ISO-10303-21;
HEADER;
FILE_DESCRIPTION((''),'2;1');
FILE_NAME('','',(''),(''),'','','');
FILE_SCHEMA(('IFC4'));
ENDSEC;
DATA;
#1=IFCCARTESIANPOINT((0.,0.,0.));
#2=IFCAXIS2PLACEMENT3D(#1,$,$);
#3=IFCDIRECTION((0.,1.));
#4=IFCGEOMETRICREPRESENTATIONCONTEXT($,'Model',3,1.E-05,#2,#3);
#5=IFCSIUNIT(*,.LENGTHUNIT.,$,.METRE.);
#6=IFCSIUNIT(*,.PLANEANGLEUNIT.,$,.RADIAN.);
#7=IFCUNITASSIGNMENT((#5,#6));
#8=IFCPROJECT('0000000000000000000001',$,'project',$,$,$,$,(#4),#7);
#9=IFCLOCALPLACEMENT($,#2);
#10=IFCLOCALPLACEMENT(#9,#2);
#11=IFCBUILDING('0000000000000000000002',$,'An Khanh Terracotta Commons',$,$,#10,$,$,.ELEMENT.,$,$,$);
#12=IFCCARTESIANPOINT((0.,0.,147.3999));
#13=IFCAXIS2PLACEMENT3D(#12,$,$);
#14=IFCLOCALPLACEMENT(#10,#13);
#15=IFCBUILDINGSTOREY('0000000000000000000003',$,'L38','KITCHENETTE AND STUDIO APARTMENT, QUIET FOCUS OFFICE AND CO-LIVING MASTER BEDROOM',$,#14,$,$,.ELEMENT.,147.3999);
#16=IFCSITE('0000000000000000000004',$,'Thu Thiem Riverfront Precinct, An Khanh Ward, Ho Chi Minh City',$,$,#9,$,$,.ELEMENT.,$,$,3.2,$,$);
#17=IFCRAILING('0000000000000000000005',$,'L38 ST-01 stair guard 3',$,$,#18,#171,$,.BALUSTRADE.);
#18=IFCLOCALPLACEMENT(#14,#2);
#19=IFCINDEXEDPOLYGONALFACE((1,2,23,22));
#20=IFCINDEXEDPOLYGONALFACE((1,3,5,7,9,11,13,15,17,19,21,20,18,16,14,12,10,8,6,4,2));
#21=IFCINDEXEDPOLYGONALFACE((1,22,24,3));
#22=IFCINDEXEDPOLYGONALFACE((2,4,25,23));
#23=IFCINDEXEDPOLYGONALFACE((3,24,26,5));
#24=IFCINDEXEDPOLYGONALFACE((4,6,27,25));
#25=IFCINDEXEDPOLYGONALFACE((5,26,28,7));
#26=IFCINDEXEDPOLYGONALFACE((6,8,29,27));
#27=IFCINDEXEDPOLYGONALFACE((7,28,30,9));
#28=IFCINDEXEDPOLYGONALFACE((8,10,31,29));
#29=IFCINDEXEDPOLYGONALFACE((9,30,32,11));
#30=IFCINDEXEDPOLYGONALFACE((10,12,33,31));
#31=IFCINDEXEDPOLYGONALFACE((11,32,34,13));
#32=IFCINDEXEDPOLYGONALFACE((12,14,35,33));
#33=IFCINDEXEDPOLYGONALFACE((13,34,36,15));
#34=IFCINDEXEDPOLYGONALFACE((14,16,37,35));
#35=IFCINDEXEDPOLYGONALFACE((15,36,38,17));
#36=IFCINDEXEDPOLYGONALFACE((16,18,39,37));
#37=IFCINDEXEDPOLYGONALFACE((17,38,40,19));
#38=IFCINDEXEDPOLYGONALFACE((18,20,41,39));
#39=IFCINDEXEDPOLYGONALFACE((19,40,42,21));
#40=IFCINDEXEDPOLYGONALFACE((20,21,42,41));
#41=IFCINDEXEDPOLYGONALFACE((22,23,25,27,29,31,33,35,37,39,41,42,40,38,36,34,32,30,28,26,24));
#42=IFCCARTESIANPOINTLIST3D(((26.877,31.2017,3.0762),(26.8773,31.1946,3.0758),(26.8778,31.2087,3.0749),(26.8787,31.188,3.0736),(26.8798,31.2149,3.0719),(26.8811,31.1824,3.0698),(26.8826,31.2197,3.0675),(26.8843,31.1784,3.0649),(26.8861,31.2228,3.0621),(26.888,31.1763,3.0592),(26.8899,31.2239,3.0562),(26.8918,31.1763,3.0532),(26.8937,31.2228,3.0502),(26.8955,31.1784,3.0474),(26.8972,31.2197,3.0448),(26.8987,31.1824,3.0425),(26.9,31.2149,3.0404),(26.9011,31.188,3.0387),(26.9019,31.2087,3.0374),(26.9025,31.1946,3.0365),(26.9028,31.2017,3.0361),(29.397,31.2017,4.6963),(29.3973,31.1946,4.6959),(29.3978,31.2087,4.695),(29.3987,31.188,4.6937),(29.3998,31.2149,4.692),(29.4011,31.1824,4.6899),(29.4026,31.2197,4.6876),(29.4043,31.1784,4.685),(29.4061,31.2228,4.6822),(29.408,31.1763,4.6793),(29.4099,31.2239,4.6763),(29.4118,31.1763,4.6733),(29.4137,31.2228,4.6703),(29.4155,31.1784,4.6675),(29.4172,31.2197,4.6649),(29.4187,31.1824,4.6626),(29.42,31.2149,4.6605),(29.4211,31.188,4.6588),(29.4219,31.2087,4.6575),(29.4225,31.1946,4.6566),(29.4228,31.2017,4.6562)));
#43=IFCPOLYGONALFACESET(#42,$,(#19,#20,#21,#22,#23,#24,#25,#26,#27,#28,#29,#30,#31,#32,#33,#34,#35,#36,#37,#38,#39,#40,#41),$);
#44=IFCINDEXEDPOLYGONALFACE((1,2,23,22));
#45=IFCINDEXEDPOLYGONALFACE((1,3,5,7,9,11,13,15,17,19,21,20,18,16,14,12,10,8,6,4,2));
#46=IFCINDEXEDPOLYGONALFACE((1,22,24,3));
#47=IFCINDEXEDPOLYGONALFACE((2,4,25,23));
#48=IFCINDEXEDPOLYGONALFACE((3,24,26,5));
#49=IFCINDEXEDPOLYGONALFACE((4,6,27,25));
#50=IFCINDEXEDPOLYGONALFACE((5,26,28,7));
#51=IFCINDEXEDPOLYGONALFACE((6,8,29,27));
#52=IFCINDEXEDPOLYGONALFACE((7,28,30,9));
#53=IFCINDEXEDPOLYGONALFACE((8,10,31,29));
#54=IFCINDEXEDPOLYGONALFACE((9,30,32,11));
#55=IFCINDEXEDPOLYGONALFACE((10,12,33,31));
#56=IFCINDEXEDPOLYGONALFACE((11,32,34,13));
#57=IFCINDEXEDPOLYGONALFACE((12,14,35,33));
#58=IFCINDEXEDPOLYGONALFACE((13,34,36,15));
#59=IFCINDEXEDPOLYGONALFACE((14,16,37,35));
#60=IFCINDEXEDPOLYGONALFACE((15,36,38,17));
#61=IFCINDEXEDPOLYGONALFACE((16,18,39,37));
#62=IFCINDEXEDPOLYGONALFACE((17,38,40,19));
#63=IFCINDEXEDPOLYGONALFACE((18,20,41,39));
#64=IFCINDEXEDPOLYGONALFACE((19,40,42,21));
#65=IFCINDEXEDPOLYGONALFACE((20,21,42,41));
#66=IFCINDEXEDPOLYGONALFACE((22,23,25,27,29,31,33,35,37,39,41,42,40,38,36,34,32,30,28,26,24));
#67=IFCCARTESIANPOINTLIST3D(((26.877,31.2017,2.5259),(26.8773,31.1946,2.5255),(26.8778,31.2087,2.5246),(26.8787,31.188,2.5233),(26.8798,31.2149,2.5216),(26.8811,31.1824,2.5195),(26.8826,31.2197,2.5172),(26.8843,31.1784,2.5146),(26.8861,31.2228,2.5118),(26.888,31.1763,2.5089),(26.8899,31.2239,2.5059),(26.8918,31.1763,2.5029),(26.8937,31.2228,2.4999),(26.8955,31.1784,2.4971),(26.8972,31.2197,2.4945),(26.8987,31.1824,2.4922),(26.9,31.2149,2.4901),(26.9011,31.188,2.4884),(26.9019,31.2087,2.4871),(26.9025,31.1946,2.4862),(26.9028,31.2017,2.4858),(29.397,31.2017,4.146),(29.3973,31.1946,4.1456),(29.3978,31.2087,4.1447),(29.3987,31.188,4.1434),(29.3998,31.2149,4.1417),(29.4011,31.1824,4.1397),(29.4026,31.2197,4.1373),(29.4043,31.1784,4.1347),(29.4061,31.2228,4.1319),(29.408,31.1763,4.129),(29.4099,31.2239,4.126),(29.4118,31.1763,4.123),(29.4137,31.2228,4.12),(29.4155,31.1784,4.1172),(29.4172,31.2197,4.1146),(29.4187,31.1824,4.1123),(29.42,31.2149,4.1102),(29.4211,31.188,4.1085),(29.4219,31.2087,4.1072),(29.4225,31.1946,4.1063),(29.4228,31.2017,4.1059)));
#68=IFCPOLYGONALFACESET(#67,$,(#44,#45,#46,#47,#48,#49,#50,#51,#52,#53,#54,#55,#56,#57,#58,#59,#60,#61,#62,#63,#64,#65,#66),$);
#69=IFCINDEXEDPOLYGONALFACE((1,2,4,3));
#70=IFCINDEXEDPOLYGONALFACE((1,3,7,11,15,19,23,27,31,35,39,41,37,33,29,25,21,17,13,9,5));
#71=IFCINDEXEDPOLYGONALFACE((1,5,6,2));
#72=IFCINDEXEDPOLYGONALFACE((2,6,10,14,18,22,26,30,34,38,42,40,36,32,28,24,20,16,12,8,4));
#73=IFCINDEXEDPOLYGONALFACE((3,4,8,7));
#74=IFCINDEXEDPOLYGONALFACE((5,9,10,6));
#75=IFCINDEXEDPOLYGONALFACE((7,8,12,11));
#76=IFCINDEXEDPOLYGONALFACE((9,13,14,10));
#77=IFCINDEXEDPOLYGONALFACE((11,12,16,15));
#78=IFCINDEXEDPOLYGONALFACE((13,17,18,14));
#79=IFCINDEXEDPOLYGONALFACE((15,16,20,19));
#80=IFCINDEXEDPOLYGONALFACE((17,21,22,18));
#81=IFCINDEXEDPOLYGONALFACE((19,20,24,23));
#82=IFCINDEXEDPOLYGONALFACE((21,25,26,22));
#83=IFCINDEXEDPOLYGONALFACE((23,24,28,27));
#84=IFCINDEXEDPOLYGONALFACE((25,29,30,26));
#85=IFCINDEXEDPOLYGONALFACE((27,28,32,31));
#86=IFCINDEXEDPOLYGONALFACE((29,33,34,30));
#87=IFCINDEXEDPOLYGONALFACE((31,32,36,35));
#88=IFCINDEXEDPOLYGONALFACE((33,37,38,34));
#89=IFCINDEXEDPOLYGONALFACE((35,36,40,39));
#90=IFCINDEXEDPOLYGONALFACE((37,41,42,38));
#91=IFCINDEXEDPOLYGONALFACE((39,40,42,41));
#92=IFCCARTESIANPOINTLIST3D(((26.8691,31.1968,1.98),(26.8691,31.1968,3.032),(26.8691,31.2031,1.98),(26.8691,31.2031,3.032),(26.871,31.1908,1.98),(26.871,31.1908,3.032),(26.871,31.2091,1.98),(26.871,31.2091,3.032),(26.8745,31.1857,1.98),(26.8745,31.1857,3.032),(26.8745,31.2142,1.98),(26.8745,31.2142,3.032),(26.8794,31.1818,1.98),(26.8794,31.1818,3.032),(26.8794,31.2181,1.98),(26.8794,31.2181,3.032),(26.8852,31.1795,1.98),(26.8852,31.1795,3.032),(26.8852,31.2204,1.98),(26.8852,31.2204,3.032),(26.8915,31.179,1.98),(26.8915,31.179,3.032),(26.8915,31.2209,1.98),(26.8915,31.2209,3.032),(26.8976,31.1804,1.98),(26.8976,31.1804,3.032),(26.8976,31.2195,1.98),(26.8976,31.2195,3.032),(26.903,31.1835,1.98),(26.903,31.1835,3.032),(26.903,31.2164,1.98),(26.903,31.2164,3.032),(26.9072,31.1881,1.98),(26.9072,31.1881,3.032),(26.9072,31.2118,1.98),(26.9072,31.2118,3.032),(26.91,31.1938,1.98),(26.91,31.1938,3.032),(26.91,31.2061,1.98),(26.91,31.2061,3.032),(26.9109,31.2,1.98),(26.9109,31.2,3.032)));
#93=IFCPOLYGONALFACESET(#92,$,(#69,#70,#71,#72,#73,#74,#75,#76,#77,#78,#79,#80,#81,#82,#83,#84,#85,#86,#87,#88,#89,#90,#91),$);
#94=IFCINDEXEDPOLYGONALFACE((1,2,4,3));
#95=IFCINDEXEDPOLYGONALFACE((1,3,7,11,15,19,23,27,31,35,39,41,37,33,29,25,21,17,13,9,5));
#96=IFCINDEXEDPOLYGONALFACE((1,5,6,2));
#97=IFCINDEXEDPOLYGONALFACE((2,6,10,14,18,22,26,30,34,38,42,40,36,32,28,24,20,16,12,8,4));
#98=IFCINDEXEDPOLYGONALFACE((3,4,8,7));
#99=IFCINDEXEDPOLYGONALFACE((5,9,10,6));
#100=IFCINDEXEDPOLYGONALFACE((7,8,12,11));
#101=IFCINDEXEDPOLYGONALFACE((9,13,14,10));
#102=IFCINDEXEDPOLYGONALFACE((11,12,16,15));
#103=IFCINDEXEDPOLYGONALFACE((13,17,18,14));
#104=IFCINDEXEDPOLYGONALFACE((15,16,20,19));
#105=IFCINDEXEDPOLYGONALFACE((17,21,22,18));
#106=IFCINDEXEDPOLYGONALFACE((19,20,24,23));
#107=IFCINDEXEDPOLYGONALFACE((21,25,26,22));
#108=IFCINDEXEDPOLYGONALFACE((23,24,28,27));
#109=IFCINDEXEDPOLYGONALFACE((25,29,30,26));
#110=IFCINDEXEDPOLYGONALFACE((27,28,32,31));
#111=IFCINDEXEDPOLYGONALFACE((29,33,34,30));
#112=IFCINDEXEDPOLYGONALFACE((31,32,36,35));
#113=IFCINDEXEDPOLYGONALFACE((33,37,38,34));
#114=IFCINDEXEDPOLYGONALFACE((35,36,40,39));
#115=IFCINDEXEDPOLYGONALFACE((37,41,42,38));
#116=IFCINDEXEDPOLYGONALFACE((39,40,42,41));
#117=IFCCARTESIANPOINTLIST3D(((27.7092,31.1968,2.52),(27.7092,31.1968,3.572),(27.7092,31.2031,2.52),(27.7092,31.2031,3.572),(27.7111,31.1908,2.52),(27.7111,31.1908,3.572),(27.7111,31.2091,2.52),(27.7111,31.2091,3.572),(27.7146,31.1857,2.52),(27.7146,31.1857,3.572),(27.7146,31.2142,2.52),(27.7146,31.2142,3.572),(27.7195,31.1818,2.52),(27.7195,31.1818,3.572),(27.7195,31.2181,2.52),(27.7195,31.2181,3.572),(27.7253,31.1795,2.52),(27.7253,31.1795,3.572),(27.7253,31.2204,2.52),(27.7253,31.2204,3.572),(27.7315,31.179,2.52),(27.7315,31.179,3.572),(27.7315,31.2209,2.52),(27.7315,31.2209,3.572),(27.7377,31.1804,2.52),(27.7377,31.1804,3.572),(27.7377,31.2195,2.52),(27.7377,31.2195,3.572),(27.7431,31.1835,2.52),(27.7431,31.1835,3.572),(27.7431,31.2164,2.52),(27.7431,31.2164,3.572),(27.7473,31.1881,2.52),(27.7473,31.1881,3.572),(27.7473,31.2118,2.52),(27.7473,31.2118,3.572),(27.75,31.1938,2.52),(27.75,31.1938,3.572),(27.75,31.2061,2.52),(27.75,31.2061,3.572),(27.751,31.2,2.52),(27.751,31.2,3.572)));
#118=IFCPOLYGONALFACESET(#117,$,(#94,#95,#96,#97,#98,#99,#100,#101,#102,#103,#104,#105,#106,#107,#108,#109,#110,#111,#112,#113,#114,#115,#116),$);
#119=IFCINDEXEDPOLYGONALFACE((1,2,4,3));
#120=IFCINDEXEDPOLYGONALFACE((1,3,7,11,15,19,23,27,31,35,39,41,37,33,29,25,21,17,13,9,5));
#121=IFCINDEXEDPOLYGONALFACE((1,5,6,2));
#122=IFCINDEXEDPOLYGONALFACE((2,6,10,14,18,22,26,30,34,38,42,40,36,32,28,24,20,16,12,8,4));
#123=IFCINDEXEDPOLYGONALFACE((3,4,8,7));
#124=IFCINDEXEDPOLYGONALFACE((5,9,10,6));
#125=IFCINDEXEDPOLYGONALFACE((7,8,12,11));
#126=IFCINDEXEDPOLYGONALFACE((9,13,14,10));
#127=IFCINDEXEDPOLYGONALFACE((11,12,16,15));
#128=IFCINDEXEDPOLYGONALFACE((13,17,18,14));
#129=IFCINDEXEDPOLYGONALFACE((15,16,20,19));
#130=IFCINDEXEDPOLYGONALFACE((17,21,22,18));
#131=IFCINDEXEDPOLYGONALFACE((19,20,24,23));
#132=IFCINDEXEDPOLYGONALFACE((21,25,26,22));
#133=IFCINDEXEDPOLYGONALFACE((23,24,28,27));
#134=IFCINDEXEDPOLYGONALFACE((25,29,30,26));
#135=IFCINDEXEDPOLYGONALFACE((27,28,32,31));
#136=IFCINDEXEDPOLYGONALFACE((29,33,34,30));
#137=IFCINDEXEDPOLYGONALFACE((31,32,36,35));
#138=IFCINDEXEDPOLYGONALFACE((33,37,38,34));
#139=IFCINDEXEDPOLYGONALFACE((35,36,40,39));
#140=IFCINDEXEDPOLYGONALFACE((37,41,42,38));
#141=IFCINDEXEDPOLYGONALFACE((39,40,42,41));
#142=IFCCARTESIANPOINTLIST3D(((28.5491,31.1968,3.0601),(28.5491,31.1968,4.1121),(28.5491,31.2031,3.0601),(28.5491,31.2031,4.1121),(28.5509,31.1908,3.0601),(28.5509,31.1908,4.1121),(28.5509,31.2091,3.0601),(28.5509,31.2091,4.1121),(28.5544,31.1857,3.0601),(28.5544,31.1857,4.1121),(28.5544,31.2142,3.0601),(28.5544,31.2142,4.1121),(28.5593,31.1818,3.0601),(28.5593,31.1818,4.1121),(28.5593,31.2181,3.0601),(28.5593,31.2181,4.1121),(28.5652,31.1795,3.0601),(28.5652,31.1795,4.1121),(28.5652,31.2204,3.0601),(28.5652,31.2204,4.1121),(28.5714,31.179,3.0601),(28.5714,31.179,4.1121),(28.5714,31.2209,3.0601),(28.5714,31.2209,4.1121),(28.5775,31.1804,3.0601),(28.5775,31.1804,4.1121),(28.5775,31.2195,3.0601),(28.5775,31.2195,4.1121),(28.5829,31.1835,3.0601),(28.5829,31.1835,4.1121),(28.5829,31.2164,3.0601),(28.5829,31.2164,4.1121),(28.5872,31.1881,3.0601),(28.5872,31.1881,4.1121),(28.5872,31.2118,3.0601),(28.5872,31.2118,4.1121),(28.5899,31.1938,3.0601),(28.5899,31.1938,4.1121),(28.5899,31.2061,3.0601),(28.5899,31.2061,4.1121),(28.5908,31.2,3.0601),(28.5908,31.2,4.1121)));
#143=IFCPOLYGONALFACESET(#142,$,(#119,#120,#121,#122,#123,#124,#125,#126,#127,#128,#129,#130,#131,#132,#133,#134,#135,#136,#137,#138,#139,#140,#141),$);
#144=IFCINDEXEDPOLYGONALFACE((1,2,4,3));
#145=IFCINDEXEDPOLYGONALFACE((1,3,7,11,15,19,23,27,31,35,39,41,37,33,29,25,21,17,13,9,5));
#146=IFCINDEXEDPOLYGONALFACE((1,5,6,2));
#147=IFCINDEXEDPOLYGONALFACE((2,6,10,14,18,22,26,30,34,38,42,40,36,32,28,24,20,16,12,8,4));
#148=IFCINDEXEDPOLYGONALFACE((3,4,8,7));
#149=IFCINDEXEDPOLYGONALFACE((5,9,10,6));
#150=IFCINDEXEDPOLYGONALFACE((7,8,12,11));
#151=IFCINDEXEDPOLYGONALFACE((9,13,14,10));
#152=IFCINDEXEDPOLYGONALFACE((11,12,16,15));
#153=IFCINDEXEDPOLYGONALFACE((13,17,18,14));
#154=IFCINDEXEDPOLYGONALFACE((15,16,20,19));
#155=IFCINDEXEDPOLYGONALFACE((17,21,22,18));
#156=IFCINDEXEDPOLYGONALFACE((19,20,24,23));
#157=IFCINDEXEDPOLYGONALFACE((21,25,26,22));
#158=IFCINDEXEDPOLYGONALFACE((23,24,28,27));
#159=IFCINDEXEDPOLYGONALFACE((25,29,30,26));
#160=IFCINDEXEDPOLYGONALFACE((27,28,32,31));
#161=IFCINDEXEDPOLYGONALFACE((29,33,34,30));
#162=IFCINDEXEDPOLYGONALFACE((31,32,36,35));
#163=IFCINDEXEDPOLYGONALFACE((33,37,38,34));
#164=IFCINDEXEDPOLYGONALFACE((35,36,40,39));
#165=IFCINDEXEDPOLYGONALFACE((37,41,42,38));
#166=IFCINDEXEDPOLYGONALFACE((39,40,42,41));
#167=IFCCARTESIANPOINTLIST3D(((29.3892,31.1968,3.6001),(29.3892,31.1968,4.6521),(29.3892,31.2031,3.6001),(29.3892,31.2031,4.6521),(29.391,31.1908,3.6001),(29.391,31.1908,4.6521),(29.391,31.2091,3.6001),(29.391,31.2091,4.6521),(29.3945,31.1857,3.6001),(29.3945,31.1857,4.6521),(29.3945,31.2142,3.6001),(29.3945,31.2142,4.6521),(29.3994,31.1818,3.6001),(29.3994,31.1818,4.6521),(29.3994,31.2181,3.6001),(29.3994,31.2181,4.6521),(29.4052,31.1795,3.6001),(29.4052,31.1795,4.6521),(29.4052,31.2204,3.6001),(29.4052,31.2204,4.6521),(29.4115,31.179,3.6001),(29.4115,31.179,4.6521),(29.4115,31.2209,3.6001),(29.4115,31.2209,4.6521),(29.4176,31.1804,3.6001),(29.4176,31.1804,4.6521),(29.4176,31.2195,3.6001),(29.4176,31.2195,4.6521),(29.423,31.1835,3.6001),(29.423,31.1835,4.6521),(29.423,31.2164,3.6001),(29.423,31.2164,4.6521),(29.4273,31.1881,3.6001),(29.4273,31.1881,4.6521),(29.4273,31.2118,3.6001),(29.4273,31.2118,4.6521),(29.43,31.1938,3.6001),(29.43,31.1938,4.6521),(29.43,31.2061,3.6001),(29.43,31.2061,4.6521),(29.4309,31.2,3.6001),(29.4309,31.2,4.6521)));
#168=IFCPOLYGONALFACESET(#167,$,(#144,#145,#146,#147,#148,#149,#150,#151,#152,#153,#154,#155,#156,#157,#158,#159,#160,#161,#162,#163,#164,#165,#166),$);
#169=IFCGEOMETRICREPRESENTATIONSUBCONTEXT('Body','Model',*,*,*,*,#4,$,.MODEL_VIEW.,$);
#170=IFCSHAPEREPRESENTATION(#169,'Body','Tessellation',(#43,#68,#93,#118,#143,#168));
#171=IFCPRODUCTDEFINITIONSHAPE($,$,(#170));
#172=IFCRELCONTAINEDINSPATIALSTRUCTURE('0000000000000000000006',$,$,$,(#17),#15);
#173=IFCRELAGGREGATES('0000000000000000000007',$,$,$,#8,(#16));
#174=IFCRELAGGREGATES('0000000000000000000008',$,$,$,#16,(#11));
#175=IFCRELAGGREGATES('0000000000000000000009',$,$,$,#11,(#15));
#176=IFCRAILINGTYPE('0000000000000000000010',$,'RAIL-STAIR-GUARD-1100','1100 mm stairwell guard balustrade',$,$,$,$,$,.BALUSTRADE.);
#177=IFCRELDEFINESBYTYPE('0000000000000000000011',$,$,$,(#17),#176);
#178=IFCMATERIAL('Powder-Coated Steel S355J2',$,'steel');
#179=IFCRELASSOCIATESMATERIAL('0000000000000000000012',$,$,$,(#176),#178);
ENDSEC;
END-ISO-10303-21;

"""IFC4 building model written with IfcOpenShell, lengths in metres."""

from ifc_helpers import new_model, si_unit, direction, frame, origin, origin_2d, place, context, subcontext, project, spatial, circle, extrude, material, type_object, element, save


model = new_model("IFC4")

# Units and contexts
model_context = context("Model", 3, precision=1e-05, world=origin(), true_north=direction((0.0, 1.0)))
body_context = subcontext(model_context, "Body", "Model", "MODEL_VIEW")
ifc_project = project(units=[si_unit("LENGTHUNIT", "METRE"), si_unit("PLANEANGLEUNIT", "RADIAN")], contexts=[model_context])

# Site, building, storey
site_placement = place(None, origin())
site = spatial("IfcSite", under=ifc_project, at=site_placement, Name="Thu Thiem Riverfront Precinct, An Khanh Ward, Ho Chi Minh City", CompositionType="ELEMENT", RefElevation=3.2)
building_placement = place(site_placement, origin())
building = spatial("IfcBuilding", under=site, at=building_placement, Name="An Khanh Terracotta Commons", CompositionType="ELEMENT")
storey_placement = place(building_placement, frame((0.0, 0.0, 147.3999)))
storey = spatial("IfcBuildingStorey", under=building, at=storey_placement, Name="L38", Description="KITCHENETTE AND STUDIO APARTMENT, QUIET FOCUS OFFICE AND CO-LIVING MASTER BEDROOM", CompositionType="ELEMENT", Elevation=147.3999)

# Railing
ifc_material_1 = material(Name="Powder-Coated Steel S355J2", Category="steel")
railing_type_1 = type_object("IfcRailingType", Name="RAIL-STAIR-GUARD-1100", Description="1100 mm stairwell guard balustrade", PredefinedType="BALUSTRADE", material=ifc_material_1)
railing_1_placement = place(storey_placement, frame((26.8899, 31.2, 1.98)))
element("IfcRailing", 1, at=railing_1_placement, inside=storey, type_object=railing_type_1, Name="L38 ST-01 stair guard 3", PredefinedType="BALUSTRADE", context=body_context, shape_type="SweptSolid", body=[
    extrude(circle(Radius=0.0239, at=origin_2d()), frame((0.0, 0.0, 1.0762), z_axis=(0.841163, 0.0, 0.540782), x_axis=(0.0, 1.0, 0.0)), (0.0, 0.0, 1.0), 2.9958),
    extrude(circle(Radius=0.0239, at=origin_2d()), frame((0.0, 0.0, 0.5259), z_axis=(0.841163, 0.0, 0.540782), x_axis=(0.0, 1.0, 0.0)), (0.0, 0.0, 1.0), 2.9958),
    extrude(circle(Radius=0.021, at=origin_2d()), origin(), (0.0, 0.0, 1.0), 1.052),
    extrude(circle(Radius=0.021, at=origin_2d()), frame((0.8401, 0.0, 0.54)), (0.0, 0.0, 1.0), 1.052),
    extrude(circle(Radius=0.021, at=origin_2d()), frame((1.6799, 0.0, 1.0801)), (0.0, 0.0, 1.0), 1.052),
    extrude(circle(Radius=0.021, at=origin_2d()), frame((2.52, 0.0, 1.6201)), (0.0, 0.0, 1.0), 1.052),
])

save(model, "model.ifc")
